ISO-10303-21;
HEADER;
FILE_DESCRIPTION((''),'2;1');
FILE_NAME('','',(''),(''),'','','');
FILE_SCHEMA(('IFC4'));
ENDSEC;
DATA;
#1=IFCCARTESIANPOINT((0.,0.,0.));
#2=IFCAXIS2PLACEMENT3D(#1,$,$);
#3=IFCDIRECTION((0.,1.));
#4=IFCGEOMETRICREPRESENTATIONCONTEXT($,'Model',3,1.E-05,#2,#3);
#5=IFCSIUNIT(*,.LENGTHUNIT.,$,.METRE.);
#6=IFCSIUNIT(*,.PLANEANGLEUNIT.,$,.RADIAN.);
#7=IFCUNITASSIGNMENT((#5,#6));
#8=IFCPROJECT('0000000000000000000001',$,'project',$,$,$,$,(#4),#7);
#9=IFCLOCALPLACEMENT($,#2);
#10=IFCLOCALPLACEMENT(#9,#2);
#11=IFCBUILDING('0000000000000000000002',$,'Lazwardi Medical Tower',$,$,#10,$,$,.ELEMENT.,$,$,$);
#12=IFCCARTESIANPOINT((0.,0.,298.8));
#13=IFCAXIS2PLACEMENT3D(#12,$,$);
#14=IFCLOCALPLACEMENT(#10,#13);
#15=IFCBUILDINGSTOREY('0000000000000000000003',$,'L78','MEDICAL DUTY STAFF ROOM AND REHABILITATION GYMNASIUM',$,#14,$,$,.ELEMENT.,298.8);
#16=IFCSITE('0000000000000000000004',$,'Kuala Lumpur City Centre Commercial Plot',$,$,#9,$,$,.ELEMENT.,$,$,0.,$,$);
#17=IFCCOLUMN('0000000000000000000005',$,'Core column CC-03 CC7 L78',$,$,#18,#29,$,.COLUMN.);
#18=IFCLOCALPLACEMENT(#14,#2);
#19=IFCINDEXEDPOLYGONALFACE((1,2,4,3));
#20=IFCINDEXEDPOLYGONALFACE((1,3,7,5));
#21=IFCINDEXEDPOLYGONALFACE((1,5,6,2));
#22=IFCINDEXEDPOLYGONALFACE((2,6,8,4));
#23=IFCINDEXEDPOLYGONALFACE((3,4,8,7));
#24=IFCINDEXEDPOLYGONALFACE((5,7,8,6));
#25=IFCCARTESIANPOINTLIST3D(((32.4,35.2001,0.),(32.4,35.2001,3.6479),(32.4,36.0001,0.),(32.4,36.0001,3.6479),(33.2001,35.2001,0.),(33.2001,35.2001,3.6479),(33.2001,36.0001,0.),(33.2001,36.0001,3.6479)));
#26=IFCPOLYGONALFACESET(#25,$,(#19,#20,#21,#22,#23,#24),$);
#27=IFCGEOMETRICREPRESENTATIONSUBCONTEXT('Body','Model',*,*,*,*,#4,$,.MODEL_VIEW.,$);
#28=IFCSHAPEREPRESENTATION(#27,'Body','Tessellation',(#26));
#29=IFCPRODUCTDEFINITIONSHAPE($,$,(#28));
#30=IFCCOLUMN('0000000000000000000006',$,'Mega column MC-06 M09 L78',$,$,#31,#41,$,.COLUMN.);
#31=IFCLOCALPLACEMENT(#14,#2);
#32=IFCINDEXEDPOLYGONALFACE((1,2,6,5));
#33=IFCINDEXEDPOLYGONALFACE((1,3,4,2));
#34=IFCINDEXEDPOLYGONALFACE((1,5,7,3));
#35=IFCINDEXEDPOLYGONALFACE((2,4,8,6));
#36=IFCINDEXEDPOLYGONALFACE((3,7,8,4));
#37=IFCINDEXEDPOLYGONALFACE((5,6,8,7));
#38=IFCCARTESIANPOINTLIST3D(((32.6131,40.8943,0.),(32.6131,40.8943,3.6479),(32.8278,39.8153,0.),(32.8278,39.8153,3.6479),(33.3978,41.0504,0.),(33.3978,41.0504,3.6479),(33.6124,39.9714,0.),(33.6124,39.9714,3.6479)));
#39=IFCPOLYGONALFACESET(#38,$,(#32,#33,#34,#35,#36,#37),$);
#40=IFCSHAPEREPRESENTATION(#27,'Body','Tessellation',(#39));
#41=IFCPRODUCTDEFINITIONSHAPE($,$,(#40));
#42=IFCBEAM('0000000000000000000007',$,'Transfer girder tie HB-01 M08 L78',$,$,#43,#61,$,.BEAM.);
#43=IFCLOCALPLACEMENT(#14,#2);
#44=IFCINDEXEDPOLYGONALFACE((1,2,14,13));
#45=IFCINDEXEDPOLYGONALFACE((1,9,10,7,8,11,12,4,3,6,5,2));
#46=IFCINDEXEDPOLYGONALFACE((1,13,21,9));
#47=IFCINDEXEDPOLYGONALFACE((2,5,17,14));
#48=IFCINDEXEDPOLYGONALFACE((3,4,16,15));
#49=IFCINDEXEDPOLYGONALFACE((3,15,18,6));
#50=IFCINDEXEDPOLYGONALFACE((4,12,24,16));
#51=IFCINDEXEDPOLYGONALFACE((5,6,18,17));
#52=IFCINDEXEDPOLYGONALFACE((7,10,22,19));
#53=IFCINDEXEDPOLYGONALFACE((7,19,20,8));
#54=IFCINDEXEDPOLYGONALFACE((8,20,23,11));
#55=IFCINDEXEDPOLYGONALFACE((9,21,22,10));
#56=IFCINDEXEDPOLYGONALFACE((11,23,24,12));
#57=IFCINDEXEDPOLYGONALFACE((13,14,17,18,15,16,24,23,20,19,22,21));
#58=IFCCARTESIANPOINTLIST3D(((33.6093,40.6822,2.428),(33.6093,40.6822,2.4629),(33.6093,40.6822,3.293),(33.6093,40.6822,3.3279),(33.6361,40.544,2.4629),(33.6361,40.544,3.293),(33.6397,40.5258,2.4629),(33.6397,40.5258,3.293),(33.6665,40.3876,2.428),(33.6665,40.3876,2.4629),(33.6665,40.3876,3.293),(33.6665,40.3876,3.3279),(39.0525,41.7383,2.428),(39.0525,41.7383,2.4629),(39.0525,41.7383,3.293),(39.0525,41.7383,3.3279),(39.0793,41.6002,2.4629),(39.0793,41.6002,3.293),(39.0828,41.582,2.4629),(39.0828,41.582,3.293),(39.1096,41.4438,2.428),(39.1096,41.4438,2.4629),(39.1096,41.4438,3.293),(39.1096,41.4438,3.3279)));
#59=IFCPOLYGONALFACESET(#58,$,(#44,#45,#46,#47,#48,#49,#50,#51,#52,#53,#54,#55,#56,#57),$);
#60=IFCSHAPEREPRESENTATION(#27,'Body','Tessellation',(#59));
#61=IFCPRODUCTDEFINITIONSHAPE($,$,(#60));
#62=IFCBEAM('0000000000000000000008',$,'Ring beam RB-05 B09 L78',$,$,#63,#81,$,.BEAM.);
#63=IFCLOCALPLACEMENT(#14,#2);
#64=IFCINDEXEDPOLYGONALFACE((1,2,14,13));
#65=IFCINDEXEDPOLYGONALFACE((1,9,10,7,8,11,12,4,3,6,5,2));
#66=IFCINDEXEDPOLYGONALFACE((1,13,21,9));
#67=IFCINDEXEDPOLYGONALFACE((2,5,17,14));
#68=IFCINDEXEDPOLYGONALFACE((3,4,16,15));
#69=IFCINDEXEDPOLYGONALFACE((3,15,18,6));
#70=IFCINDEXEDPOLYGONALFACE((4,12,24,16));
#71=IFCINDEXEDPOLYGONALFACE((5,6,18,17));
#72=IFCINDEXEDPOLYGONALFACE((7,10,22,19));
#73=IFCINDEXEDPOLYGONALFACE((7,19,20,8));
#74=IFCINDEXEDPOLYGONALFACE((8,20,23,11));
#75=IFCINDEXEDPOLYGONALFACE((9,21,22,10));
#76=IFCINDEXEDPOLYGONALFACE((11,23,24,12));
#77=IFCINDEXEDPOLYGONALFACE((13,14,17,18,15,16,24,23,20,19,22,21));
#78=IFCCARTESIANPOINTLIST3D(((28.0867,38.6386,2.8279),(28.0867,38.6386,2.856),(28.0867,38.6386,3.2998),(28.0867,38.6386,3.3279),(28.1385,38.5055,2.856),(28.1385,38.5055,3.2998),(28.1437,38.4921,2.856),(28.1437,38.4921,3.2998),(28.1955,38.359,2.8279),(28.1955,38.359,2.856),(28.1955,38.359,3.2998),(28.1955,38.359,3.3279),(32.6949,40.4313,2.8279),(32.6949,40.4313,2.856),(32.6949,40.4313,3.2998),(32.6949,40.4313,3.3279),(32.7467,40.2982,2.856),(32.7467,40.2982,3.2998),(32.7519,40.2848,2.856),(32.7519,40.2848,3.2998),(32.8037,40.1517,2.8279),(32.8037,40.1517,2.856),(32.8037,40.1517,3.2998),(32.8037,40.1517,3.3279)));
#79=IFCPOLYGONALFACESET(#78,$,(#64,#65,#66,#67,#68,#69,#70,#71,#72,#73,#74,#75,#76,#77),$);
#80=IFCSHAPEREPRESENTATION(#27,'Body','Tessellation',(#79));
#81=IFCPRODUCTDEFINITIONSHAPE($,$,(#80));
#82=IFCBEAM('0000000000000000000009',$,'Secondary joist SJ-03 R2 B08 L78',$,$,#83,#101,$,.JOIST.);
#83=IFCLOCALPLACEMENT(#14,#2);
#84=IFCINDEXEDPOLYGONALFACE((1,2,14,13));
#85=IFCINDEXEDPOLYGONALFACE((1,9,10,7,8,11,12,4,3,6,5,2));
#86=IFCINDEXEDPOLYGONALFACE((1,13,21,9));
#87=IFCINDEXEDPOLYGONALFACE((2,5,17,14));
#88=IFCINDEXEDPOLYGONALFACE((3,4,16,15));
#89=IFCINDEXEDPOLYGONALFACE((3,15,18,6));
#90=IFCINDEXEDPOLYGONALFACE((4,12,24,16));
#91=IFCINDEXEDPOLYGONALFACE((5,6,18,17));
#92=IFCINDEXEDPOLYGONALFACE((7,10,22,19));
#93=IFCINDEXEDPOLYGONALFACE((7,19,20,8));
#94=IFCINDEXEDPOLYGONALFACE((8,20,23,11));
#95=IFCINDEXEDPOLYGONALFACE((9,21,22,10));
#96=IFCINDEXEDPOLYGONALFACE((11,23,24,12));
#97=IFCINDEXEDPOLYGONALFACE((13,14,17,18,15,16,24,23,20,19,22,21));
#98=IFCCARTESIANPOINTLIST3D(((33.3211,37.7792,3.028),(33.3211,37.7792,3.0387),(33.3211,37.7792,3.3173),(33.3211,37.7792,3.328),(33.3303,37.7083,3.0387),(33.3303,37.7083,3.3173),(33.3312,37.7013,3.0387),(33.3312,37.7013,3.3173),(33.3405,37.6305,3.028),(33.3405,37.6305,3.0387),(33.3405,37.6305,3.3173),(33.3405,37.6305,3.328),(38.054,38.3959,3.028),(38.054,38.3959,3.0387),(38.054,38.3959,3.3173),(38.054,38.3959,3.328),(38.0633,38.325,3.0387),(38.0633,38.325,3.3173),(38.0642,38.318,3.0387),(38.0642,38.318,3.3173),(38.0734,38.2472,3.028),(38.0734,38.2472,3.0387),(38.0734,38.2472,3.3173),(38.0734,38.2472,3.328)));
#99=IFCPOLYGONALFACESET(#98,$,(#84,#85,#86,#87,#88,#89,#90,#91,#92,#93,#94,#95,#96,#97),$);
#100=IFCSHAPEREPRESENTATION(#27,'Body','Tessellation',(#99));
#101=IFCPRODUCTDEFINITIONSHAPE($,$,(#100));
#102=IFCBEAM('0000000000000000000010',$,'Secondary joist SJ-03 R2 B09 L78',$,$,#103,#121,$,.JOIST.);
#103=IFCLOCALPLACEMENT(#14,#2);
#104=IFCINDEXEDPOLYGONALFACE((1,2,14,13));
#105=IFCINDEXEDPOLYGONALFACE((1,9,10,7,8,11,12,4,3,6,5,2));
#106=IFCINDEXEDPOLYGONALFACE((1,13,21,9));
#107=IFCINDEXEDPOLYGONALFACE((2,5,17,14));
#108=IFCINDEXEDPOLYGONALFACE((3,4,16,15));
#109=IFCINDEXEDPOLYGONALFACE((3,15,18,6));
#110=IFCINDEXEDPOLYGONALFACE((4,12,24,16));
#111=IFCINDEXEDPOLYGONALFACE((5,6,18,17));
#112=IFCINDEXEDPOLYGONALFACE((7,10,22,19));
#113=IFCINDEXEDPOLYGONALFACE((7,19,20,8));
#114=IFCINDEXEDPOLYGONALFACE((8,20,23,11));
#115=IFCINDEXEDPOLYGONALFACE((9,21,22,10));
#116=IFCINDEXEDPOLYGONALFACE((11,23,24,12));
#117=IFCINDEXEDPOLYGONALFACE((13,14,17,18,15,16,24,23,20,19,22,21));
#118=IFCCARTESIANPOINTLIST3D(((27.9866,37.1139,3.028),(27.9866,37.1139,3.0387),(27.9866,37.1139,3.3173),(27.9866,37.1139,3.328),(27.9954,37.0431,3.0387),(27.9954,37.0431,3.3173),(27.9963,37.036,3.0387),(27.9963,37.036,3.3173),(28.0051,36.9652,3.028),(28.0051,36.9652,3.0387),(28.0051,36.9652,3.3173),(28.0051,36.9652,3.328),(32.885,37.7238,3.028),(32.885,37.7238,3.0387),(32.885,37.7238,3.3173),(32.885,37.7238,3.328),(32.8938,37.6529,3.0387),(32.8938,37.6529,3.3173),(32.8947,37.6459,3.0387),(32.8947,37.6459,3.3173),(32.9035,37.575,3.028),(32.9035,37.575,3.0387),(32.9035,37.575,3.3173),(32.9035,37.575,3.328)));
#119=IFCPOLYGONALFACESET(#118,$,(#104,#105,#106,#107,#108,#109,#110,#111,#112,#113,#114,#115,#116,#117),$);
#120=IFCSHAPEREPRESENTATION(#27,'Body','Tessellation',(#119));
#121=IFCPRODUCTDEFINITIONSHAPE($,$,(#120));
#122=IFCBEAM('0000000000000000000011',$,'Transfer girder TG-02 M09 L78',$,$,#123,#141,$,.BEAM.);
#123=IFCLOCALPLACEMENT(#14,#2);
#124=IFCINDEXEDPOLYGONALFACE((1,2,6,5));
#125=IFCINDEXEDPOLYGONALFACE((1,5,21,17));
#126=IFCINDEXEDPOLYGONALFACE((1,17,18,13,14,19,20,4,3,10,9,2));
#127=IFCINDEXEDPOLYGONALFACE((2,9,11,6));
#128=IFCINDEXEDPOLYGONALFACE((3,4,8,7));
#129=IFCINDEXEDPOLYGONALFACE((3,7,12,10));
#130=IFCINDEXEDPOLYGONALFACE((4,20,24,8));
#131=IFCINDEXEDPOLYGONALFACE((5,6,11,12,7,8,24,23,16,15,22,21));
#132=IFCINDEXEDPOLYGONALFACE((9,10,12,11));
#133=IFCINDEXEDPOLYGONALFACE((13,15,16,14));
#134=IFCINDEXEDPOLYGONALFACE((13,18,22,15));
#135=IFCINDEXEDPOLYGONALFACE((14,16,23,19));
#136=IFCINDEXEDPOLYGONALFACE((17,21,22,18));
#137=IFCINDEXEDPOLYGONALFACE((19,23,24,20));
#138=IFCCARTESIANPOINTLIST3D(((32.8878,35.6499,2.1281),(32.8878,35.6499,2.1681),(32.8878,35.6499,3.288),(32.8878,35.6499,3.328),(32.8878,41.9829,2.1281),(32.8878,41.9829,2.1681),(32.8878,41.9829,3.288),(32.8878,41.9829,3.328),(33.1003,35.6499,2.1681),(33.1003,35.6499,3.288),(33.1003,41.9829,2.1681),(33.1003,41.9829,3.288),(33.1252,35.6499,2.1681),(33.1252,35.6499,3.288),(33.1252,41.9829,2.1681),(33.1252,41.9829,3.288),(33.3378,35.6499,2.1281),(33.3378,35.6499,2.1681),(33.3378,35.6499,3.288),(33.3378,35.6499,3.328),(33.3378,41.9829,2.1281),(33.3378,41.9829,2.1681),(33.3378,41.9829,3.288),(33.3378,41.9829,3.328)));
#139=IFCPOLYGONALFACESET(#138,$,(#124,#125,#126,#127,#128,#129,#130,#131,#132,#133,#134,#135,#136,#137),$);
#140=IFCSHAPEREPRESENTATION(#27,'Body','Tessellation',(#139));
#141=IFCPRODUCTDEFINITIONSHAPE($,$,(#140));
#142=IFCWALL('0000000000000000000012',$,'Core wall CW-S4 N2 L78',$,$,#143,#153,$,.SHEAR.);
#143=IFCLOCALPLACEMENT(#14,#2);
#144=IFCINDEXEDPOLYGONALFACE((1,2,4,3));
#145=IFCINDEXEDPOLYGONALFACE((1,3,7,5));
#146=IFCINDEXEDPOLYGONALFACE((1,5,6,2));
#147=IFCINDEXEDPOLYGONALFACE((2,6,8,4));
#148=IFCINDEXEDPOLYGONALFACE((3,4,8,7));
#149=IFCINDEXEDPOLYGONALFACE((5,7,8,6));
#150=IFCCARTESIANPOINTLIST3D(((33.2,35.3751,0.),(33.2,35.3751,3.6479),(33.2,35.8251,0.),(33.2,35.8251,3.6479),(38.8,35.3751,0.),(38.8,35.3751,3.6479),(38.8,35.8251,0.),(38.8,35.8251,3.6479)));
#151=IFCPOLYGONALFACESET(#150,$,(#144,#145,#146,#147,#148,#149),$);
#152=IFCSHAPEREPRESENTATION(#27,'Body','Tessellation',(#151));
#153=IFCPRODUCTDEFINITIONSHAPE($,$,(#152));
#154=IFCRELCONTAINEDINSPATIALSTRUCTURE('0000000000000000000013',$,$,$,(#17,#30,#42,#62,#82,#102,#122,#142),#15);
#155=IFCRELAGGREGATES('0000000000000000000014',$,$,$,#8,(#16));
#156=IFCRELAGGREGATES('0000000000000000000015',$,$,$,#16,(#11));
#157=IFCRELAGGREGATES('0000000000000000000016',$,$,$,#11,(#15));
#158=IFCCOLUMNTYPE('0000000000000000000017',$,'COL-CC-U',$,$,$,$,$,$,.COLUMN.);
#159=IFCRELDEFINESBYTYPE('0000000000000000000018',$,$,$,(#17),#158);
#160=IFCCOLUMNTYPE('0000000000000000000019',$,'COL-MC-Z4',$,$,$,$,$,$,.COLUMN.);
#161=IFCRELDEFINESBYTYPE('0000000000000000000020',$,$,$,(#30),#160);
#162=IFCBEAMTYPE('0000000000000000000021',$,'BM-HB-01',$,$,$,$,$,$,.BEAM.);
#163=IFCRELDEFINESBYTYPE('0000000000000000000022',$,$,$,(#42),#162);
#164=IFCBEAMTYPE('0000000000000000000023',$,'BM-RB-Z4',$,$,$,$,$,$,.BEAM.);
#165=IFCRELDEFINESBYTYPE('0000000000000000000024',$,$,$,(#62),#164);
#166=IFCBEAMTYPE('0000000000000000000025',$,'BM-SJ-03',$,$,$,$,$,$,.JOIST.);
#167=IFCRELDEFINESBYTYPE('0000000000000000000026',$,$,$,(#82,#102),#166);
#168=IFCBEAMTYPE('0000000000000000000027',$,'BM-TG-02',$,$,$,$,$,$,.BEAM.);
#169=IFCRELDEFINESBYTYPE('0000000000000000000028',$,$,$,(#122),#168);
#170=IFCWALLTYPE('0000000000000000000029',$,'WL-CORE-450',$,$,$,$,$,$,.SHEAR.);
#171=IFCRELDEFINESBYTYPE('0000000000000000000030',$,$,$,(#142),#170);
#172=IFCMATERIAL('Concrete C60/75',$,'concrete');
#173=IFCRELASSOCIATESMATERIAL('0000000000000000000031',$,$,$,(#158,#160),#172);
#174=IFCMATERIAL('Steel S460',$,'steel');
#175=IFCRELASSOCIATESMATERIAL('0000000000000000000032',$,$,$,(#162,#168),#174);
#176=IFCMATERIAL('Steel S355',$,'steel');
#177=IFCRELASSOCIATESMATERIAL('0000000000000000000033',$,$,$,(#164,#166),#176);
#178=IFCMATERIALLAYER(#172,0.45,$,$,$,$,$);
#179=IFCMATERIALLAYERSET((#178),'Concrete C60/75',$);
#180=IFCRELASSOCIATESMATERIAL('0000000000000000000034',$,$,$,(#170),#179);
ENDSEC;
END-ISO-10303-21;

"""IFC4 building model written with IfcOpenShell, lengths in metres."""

from ifc_helpers import new_model, si_unit, direction, frame, frame_2d, origin, origin_2d, place, context, subcontext, project, spatial, rectangle, i_section, extrude, material, layer, layer_set, material_profile, profile_set, type_object, element, save


model = new_model("IFC4")

# Units and contexts
model_context = context("Model", 3, precision=1e-05, world=origin(), true_north=direction((0.0, 1.0)))
body_context = subcontext(model_context, "Body", "Model", "MODEL_VIEW")
ifc_project = project(units=[si_unit("LENGTHUNIT", "METRE"), si_unit("PLANEANGLEUNIT", "RADIAN")], contexts=[model_context])

# Site, building, storey
site_placement = place(None, origin())
site = spatial("IfcSite", under=ifc_project, at=site_placement, Name="Kuala Lumpur City Centre Commercial Plot", CompositionType="ELEMENT", RefElevation=0.0)
building_placement = place(site_placement, origin())
building = spatial("IfcBuilding", under=site, at=building_placement, Name="Lazwardi Medical Tower", CompositionType="ELEMENT")
storey_placement = place(building_placement, frame((0.0, 0.0, 298.8)))
storey = spatial("IfcBuildingStorey", under=building, at=storey_placement, Name="L78", Description="MEDICAL DUTY STAFF ROOM AND REHABILITATION GYMNASIUM", CompositionType="ELEMENT", Elevation=298.8)

# Columns
ifc_material_1 = material(Name="Concrete C60/75", Category="concrete")
ifc_material_profile_1 = material_profile(ifc_material_1, rectangle(XDim=0.8, YDim=0.8, at=origin_2d()), Name="RC 800x800")
ifc_profile_set_1 = profile_set([ifc_material_profile_1], Name="Concrete C60/75")
column_type_1 = type_object("IfcColumnType", Name="COL-CC-U", PredefinedType="COLUMN", material=ifc_profile_set_1)
column_1_placement = place(storey_placement, frame((32.8, 35.6001, 0.0), z_axis=(0.0, 0.0, 1.0), x_axis=(1.0, 0.0, 0.0)))
element("IfcColumn", 1, at=column_1_placement, inside=storey, type_object=column_type_1, Name="Core column CC-03 CC7 L78", PredefinedType="COLUMN", context=body_context, shape_type="SweptSolid", body=[
    extrude(rectangle(XDim=0.8, YDim=0.8, at=origin_2d()), origin(), (0.0, 0.0, 1.0), 3.6479),
])
ifc_material_profile_2 = material_profile(ifc_material_1, rectangle(XDim=1.1001, YDim=0.8, at=origin_2d()), Name="CFT-RECT 1100x800")
ifc_profile_set_2 = profile_set([ifc_material_profile_2], Name="Concrete C60/75")
column_type_2 = type_object("IfcColumnType", Name="COL-MC-Z4", PredefinedType="COLUMN", material=ifc_profile_set_2)
column_2_placement = place(storey_placement, frame((33.1128, 40.4329, 0.0), z_axis=(0.0, 0.0, 1.0), x_axis=(-0.19509, 0.980785, 0.0)))
element("IfcColumn", 2, at=column_2_placement, inside=storey, type_object=column_type_2, Name="Mega column MC-06 M09 L78", PredefinedType="COLUMN", context=body_context, shape_type="SweptSolid", body=[
    extrude(rectangle(XDim=1.1001, YDim=0.8, at=origin_2d()), origin(), (0.0, 0.0, 1.0), 3.6479),
])

# Beams
ifc_material_2 = material(Name="Steel S460", Category="steel")
ifc_material_profile_3 = material_profile(ifc_material_2, i_section(OverallWidth=0.3, OverallDepth=0.8999, WebThickness=0.0186, FlangeThickness=0.0349, at=origin_2d()), Name="HEB 900")
ifc_profile_set_3 = profile_set([ifc_material_profile_3], Name="Steel S460")
beam_type_1 = type_object("IfcBeamType", Name="BM-HB-01", PredefinedType="BEAM", material=ifc_profile_set_3)
beam_1_placement = place(storey_placement, frame((39.0811, 41.5911, 2.8779), z_axis=(-0.981691, -0.190482, 0.0), x_axis=(0.190482, -0.981691, 0.0)))
element("IfcBeam", 3, at=beam_1_placement, inside=storey, type_object=beam_type_1, Name="Transfer girder tie HB-01 M08 L78", PredefinedType="BEAM", context=body_context, shape_type="SweptSolid", body=[
    extrude(i_section(OverallWidth=0.3, OverallDepth=0.8999, WebThickness=0.0186, FlangeThickness=0.0349, at=origin_2d()), origin(), (0.0, 0.0, 1.0), 5.5447),
])
ifc_material_3 = material(Name="Steel S355", Category="steel")
ifc_material_profile_4 = material_profile(ifc_material_3, i_section(OverallWidth=0.3, OverallDepth=0.5, WebThickness=0.0144, FlangeThickness=0.0281, at=origin_2d()), Name="HEB 500")
ifc_profile_set_4 = profile_set([ifc_material_profile_4], Name="Steel S355")
beam_type_2 = type_object("IfcBeamType", Name="BM-RB-Z4", PredefinedType="BEAM", material=ifc_profile_set_4)
beam_2_placement = place(storey_placement, frame((32.7493, 40.2915, 3.0779), z_axis=(-0.931959, -0.362563, 0.0), x_axis=(0.362563, -0.931959, 0.0)))
element("IfcBeam", 4, at=beam_2_placement, inside=storey, type_object=beam_type_2, Name="Ring beam RB-05 B09 L78", PredefinedType="BEAM", context=body_context, shape_type="SweptSolid", body=[
    extrude(i_section(OverallWidth=0.3, OverallDepth=0.5, WebThickness=0.0144, FlangeThickness=0.0281, at=origin_2d()), origin(), (0.0, 0.0, 1.0), 4.9446),
])
ifc_material_profile_5 = material_profile(ifc_material_3, i_section(OverallWidth=0.1499, OverallDepth=0.3, WebThickness=0.0071, FlangeThickness=0.0107, at=origin_2d()), Name="IPE 300")
ifc_profile_set_5 = profile_set([ifc_material_profile_5], Name="Steel S355")
beam_type_3 = type_object("IfcBeamType", Name="BM-SJ-03", PredefinedType="JOIST", material=ifc_profile_set_5)
beam_3_placement = place(storey_placement, frame((38.0637, 38.3215, 3.178), z_axis=(-0.991618, -0.129208, 0.0), x_axis=(0.129208, -0.991618, 0.0)))
element("IfcBeam", 5, at=beam_3_placement, inside=storey, type_object=beam_type_3, Name="Secondary joist SJ-03 R2 B08 L78", PredefinedType="JOIST", context=body_context, shape_type="SweptSolid", body=[
    extrude(i_section(OverallWidth=0.1499, OverallDepth=0.3, WebThickness=0.0071, FlangeThickness=0.0107, at=origin_2d()), origin(), (0.0, 0.0, 1.0), 4.7729),
])
beam_4_placement = place(storey_placement, frame((32.8943, 37.6494, 3.178), z_axis=(-0.992339, -0.123548, 0.0), x_axis=(0.123548, -0.992339, 0.0)))
element("IfcBeam", 6, at=beam_4_placement, inside=storey, type_object=beam_type_3, Name="Secondary joist SJ-03 R2 B09 L78", PredefinedType="JOIST", context=body_context, shape_type="SweptSolid", body=[
    extrude(i_section(OverallWidth=0.1499, OverallDepth=0.3, WebThickness=0.0071, FlangeThickness=0.0107, at=origin_2d()), origin(), (0.0, 0.0, 1.0), 4.9363),
])
ifc_material_profile_6 = material_profile(ifc_material_2, i_section(OverallWidth=0.45, OverallDepth=1.2, WebThickness=0.0249, FlangeThickness=0.04, at=origin_2d()), Name="PG 1200x450")
ifc_profile_set_6 = profile_set([ifc_material_profile_6], Name="Steel S460")
beam_type_4 = type_object("IfcBeamType", Name="BM-TG-02", PredefinedType="BEAM", material=ifc_profile_set_6)
beam_5_placement = place(storey_placement, frame((33.1128, 41.9829, 2.728), z_axis=(0.0, -1.0, 0.0), x_axis=(1.0, 0.0, 0.0)))
element("IfcBeam", 7, at=beam_5_placement, inside=storey, type_object=beam_type_4, Name="Transfer girder TG-02 M09 L78", PredefinedType="BEAM", context=body_context, shape_type="SweptSolid", body=[
    extrude(i_section(OverallWidth=0.45, OverallDepth=1.2, WebThickness=0.0249, FlangeThickness=0.04, at=origin_2d()), origin(), (0.0, 0.0, 1.0), 6.333),
])

# Wall
ifc_layer_1 = layer(ifc_material_1, 0.45)
ifc_layer_set_1 = layer_set([ifc_layer_1], Name="Concrete C60/75")
wall_type_1 = type_object("IfcWallType", Name="WL-CORE-450", PredefinedType="SHEAR", material=ifc_layer_set_1)
wall_1_placement = place(storey_placement, frame((33.2, 35.6001, 0.0), z_axis=(0.0, 0.0, 1.0), x_axis=(1.0, 0.0, 0.0)))
element("IfcWall", 8, at=wall_1_placement, inside=storey, type_object=wall_type_1, Name="Core wall CW-S4 N2 L78", PredefinedType="SHEAR", context=body_context, shape_type="SweptSolid", body=[
    extrude(rectangle(XDim=5.6001, YDim=0.45, at=frame_2d((2.8, 0.0))), origin(), (0.0, 0.0, 1.0), 3.6479),
])

save(model, "model.ifc")
